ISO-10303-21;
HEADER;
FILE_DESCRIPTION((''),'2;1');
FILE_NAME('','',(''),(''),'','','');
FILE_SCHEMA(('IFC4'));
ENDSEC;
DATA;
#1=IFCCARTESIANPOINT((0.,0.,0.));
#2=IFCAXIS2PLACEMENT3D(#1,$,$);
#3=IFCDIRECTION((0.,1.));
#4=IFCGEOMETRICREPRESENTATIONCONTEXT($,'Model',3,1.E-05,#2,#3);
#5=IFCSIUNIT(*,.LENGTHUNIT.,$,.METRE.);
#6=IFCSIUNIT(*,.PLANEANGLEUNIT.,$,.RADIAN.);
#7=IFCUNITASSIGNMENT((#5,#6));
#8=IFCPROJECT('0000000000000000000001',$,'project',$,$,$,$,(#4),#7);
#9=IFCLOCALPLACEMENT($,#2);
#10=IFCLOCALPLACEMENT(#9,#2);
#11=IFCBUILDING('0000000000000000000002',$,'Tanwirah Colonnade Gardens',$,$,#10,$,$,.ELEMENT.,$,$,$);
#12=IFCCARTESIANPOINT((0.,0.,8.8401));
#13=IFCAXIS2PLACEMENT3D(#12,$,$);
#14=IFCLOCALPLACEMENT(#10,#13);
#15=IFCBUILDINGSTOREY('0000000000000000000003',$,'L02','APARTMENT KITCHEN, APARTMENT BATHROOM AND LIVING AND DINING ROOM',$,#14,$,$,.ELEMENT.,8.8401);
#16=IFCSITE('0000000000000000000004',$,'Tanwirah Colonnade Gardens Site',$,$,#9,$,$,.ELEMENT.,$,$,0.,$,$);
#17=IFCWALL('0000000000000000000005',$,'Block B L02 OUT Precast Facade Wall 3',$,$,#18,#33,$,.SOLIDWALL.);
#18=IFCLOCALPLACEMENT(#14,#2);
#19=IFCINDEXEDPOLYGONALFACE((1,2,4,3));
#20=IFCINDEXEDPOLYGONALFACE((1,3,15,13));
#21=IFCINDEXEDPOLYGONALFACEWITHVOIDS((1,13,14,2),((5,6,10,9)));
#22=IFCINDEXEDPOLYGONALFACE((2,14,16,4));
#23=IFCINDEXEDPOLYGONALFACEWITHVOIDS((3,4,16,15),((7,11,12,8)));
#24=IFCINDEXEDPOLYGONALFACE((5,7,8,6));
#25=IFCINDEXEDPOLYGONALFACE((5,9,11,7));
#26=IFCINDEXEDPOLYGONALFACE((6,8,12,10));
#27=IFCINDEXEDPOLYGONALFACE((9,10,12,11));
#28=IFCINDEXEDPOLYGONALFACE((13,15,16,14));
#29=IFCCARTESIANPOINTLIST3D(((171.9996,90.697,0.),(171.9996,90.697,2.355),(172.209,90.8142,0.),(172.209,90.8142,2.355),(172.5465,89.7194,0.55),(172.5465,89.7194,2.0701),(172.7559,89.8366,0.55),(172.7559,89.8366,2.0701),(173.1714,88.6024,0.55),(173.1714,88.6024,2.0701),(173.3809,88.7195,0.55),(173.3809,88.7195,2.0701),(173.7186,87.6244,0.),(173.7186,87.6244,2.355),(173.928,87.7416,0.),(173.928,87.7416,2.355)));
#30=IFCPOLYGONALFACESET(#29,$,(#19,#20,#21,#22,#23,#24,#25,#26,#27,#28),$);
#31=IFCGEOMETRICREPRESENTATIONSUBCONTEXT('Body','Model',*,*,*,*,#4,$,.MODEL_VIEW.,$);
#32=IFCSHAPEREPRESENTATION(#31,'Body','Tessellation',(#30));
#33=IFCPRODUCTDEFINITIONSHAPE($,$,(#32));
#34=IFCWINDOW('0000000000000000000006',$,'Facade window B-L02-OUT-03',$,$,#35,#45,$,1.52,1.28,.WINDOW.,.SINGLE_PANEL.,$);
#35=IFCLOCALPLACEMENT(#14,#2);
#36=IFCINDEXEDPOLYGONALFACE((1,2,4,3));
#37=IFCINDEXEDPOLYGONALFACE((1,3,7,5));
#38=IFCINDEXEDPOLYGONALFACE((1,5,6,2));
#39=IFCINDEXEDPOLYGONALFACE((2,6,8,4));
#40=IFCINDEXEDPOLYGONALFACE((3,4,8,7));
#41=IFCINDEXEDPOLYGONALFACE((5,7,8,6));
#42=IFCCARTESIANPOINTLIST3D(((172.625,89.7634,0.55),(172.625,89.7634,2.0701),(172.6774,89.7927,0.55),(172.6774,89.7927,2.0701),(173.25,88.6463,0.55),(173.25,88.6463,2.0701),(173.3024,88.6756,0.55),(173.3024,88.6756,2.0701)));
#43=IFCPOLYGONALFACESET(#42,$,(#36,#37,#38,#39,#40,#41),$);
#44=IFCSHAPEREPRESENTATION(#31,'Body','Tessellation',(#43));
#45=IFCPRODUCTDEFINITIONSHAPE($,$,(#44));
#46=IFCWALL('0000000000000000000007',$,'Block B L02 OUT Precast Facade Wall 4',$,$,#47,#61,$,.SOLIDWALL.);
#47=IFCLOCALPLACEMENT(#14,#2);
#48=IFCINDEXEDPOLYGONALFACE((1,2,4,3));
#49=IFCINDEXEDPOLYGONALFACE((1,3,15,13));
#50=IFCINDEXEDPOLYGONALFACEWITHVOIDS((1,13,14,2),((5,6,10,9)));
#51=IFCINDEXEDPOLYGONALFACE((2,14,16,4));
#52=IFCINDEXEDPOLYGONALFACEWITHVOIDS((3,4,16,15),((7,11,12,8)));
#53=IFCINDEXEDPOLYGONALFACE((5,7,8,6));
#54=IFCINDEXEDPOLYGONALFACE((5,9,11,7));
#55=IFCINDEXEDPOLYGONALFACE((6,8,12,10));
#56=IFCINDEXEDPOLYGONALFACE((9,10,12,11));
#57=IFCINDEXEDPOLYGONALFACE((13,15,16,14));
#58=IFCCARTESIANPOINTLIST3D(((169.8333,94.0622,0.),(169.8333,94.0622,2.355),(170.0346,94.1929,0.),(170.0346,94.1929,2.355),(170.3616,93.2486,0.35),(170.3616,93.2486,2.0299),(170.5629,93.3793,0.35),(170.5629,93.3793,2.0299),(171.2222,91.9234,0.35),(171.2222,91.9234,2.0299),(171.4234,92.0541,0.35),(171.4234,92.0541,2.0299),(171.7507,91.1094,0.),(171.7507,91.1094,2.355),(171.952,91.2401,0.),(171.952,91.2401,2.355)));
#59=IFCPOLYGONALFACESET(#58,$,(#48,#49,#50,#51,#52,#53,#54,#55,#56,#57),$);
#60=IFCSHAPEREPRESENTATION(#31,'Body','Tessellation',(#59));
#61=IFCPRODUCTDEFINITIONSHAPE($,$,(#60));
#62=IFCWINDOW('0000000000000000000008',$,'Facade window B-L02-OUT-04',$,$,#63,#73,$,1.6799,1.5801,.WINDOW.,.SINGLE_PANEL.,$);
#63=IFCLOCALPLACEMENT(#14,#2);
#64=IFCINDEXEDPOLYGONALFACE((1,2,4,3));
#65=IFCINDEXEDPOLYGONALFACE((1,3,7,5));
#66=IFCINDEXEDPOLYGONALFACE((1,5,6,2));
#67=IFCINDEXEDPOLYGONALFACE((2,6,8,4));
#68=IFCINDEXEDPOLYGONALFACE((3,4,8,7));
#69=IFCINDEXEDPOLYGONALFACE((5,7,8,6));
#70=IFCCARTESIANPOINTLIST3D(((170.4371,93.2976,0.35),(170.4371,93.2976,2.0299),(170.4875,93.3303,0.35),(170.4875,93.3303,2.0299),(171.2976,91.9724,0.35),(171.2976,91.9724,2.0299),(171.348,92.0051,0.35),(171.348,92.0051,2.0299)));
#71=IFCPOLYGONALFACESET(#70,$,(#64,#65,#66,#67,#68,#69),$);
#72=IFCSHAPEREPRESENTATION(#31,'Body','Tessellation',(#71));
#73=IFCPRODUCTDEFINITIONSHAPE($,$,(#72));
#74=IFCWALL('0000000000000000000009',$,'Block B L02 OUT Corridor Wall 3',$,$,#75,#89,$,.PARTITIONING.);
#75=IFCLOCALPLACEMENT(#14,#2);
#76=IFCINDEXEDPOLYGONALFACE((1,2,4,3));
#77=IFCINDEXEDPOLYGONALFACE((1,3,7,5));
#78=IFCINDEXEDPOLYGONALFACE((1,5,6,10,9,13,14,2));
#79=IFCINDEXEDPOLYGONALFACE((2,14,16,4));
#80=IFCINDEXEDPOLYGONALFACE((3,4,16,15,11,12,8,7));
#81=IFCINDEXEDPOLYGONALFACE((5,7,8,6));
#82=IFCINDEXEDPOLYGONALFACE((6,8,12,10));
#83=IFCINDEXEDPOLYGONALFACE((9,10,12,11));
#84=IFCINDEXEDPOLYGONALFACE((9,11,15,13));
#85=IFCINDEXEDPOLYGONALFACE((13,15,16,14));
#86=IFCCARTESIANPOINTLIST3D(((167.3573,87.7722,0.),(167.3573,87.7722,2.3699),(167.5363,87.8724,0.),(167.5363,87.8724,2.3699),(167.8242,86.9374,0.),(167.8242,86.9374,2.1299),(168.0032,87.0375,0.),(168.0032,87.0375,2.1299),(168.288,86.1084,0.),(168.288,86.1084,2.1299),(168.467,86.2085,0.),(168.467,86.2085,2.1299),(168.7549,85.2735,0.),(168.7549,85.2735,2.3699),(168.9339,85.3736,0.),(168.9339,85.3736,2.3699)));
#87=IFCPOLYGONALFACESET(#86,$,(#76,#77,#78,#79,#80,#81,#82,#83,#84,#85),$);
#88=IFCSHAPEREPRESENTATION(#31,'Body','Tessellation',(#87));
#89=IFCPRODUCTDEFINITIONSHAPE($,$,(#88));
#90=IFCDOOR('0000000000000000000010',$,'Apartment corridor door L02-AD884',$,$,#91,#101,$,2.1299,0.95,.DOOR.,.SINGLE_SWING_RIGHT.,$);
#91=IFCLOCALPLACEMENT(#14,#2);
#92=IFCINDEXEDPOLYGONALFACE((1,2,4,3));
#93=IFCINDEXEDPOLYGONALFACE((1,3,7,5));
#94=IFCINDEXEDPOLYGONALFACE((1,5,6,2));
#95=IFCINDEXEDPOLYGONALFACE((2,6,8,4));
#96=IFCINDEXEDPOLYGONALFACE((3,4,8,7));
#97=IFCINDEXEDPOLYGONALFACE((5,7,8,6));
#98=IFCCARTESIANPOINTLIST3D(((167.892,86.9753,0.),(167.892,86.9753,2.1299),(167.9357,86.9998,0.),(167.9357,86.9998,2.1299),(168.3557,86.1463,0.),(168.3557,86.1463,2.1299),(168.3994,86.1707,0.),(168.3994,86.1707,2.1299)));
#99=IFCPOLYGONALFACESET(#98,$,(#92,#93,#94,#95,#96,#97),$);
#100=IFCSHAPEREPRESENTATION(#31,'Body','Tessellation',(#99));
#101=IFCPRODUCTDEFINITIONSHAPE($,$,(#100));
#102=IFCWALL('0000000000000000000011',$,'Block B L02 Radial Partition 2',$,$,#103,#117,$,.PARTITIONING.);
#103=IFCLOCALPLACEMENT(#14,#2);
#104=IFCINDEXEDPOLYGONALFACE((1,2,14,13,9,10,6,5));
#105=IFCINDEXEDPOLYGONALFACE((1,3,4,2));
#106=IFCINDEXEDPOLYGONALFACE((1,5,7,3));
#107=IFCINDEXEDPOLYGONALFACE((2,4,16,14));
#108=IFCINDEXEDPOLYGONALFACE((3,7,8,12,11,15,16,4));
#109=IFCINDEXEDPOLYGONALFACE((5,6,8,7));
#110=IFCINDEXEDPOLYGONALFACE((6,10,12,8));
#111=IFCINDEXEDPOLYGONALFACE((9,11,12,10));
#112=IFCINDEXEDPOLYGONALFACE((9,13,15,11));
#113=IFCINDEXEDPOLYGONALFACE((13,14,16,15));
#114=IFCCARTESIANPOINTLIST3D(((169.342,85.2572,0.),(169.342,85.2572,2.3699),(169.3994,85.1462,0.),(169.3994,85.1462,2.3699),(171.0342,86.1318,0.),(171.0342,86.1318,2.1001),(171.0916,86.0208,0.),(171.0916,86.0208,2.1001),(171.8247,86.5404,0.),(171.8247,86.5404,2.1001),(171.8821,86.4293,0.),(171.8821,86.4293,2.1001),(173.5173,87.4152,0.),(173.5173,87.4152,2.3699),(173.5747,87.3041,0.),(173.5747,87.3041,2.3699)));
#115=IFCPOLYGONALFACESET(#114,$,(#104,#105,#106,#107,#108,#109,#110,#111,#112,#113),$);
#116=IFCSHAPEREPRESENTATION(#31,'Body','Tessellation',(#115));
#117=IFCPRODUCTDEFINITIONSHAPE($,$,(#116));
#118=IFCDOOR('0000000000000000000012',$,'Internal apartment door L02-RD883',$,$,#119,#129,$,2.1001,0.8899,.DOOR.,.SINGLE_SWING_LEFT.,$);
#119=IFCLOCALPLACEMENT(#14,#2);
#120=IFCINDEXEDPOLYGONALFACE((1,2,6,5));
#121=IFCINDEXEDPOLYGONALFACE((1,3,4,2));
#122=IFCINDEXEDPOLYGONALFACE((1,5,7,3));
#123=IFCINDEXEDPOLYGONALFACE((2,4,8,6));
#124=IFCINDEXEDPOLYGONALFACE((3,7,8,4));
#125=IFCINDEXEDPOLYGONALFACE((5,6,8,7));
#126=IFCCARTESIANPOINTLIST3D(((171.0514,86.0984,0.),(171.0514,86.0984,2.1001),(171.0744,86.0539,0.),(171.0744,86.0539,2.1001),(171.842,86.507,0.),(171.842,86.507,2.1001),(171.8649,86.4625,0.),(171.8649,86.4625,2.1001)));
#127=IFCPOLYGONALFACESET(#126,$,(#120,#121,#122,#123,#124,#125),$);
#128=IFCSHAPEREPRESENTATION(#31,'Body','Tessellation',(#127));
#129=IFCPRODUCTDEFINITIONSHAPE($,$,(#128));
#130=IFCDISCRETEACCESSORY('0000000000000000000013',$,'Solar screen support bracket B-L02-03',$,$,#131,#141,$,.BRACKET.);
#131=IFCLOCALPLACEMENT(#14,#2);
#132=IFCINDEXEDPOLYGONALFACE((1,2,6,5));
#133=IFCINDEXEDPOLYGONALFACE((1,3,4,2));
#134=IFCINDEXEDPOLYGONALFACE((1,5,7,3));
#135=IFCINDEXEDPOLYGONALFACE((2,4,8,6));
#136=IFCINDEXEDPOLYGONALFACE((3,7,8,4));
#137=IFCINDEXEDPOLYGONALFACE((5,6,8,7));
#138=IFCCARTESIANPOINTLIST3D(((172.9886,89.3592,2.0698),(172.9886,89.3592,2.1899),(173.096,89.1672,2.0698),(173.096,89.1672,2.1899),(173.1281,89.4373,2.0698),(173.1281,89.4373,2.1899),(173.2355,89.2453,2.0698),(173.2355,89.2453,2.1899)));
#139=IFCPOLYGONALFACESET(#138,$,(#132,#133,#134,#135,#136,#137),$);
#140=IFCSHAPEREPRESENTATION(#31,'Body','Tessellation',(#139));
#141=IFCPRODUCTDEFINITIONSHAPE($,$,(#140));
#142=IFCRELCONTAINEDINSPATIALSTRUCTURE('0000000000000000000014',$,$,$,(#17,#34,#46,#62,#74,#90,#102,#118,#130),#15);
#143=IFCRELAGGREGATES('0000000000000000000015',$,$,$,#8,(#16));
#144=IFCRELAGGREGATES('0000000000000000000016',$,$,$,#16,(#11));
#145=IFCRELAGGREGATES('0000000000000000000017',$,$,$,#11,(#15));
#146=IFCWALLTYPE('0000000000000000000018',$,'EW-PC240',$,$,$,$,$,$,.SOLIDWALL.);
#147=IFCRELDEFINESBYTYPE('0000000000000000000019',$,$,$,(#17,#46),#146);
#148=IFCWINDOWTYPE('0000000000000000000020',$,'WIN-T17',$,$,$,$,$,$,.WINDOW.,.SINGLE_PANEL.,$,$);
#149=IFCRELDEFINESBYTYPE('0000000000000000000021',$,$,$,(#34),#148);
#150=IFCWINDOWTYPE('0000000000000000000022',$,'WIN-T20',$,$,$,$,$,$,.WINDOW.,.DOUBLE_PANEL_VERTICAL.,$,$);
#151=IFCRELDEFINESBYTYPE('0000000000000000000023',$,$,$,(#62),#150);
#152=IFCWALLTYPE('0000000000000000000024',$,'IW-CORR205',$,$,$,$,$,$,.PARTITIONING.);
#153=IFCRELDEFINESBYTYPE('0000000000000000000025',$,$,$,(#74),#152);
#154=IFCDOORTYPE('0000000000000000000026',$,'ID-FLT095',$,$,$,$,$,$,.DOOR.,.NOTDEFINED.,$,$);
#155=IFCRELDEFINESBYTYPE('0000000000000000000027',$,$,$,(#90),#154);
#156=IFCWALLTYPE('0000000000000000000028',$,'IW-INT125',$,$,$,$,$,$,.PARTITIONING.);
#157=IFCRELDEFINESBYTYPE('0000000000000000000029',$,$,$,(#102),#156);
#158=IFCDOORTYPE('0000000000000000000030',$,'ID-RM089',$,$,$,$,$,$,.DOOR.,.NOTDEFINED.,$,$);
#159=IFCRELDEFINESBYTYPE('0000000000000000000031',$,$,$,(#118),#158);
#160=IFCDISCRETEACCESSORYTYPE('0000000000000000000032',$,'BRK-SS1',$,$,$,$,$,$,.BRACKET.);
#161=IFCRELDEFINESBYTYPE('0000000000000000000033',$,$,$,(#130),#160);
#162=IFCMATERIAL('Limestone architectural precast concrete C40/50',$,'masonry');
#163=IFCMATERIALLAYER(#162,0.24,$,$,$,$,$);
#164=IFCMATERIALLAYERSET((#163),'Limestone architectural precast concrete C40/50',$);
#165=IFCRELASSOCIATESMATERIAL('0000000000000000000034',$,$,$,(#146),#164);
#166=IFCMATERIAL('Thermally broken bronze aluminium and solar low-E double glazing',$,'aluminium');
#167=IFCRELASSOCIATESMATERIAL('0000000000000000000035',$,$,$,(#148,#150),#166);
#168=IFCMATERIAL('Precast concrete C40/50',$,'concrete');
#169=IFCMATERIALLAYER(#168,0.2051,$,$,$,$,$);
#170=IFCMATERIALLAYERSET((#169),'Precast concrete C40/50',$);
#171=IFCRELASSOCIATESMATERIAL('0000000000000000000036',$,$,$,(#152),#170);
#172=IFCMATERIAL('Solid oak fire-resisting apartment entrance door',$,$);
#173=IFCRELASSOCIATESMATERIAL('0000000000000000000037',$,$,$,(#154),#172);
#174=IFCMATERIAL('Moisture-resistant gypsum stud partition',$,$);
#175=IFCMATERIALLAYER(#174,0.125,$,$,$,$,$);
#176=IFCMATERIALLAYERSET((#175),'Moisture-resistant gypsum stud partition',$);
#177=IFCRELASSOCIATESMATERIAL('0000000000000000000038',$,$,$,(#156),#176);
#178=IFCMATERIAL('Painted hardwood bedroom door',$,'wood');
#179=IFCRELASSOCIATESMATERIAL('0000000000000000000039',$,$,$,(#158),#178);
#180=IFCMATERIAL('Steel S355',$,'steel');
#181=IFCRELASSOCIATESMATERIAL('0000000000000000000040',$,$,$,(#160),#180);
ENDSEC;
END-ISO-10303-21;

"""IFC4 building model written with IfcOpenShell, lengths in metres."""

from ifc_helpers import new_model, si_unit, direction, frame, frame_2d, origin, origin_2d, place, context, subcontext, project, spatial, rectangle, extrude, material, layer, layer_set, type_object, element, fill, save


model = new_model("IFC4")

# Units and contexts
model_context = context("Model", 3, precision=1e-05, world=origin(), true_north=direction((0.0, 1.0)))
body_context = subcontext(model_context, "Body", "Model", "MODEL_VIEW")
ifc_project = project(units=[si_unit("LENGTHUNIT", "METRE"), si_unit("PLANEANGLEUNIT", "RADIAN")], contexts=[model_context])

# Site, building, storey
site_placement = place(None, origin())
site = spatial("IfcSite", under=ifc_project, at=site_placement, Name="Tanwirah Colonnade Gardens Site", CompositionType="ELEMENT", RefElevation=0.0)
building_placement = place(site_placement, origin())
building = spatial("IfcBuilding", under=site, at=building_placement, Name="Tanwirah Colonnade Gardens", CompositionType="ELEMENT")
storey_placement = place(building_placement, frame((0.0, 0.0, 8.8401)))
storey = spatial("IfcBuildingStorey", under=building, at=storey_placement, Name="L02", Description="APARTMENT KITCHEN, APARTMENT BATHROOM AND LIVING AND DINING ROOM", CompositionType="ELEMENT", Elevation=8.8401)

# Shared definitions
ifc_material_1 = material(Name="Precast concrete C40/50", Category="concrete")

# Shared definitions
ifc_material_2 = material(Name="Limestone architectural precast concrete C40/50", Category="masonry")
ifc_layer_1 = layer(ifc_material_2, 0.24)
ifc_layer_set_1 = layer_set([ifc_layer_1], Name="Limestone architectural precast concrete C40/50")
wall_type_1 = type_object("IfcWallType", Name="EW-PC240", PredefinedType="SOLIDWALL", material=ifc_layer_set_1)

# Walls, openings, windows
wall_1_placement = place(storey_placement, frame((173.8232, 87.6831, 0.0), z_axis=(0.0, 0.0, 1.0), x_axis=(-0.488255, 0.872701, 0.0)))
wall_1 = element("IfcWall", 1, at=wall_1_placement, inside=storey, type_object=wall_type_1, Name="Block B L02 OUT Precast Facade Wall 3", PredefinedType="SOLIDWALL", context=body_context, shape_type="SweptSolid", body=[
    extrude(rectangle(XDim=3.5208, YDim=0.24, at=frame_2d((1.7603, 0.0))), origin(), (0.0, 0.0, 1.0), 2.355),
])
opening_1_placement = place(wall_1_placement, frame((1.1204, 0.0, 0.55)))
opening_1 = element("IfcOpeningElement", 2, at=opening_1_placement, cuts=wall_1, PredefinedType="OPENING", context=body_context, shape_type="SweptSolid", body=[
    extrude(rectangle(XDim=1.28, YDim=1.52, at=frame_2d((0.6401, 0.76))), frame((0.0, 0.1299, 0.0), z_axis=(0.0, -1.0, 0.0), x_axis=(1.0, 0.0, 0.0)), (0.0, 0.0, 1.0), 0.26),
])
ifc_material_3 = material(Name="Thermally broken bronze aluminium and solar low-E double glazing", Category="aluminium")
window_type_1 = type_object("IfcWindowType", Name="WIN-T17", PartitioningType="SINGLE_PANEL", PredefinedType="WINDOW", material=ifc_material_3)
window_1_placement = place(opening_1_placement, origin())
window_1 = element("IfcWindow", 3, at=window_1_placement, inside=storey, type_object=window_type_1, Name="Facade window B-L02-OUT-03", OverallHeight=1.52, OverallWidth=1.28, PartitioningType="SINGLE_PANEL", PredefinedType="WINDOW", context=body_context, shape_type="SweptSolid", body=[
    extrude(rectangle(XDim=1.28, YDim=1.52, at=frame_2d((0.6401, 0.76))), frame((0.0, 0.03, 0.0), z_axis=(0.0, -1.0, 0.0), x_axis=(1.0, 0.0, 0.0)), (0.0, 0.0, 1.0), 0.0601),
])
fill(opening_1, window_1)
wall_2_placement = place(storey_placement, frame((171.8513, 91.1748, 0.0), z_axis=(0.0, 0.0, 1.0), x_axis=(-0.544611, 0.838689, 0.0)))
wall_2 = element("IfcWall", 4, at=wall_2_placement, inside=storey, type_object=wall_type_1, Name="Block B L02 OUT Precast Facade Wall 4", PredefinedType="SOLIDWALL", context=body_context, shape_type="SweptSolid", body=[
    extrude(rectangle(XDim=3.5208, YDim=0.24, at=frame_2d((1.7603, 0.0))), origin(), (0.0, 0.0, 1.0), 2.355),
])
opening_2_placement = place(wall_2_placement, frame((0.9705, 0.0, 0.3501)))
opening_2 = element("IfcOpeningElement", 5, at=opening_2_placement, cuts=wall_2, PredefinedType="OPENING", context=body_context, shape_type="SweptSolid", body=[
    extrude(rectangle(XDim=1.5801, YDim=1.6799, at=frame_2d((0.79, 0.8398))), frame((0.0, 0.1299, 0.0), z_axis=(0.0, -1.0, 0.0), x_axis=(1.0, 0.0, 0.0)), (0.0, 0.0, 1.0), 0.26),
])
window_type_2 = type_object("IfcWindowType", Name="WIN-T20", PartitioningType="DOUBLE_PANEL_VERTICAL", PredefinedType="WINDOW", material=ifc_material_3)
window_2_placement = place(opening_2_placement, origin())
window_2 = element("IfcWindow", 6, at=window_2_placement, inside=storey, type_object=window_type_2, Name="Facade window B-L02-OUT-04", OverallHeight=1.6799, OverallWidth=1.5801, PartitioningType="SINGLE_PANEL", PredefinedType="WINDOW", context=body_context, shape_type="SweptSolid", body=[
    extrude(rectangle(XDim=1.5801, YDim=1.6799, at=frame_2d((0.79, 0.8398))), frame((0.0, 0.03, 0.0), z_axis=(0.0, -1.0, 0.0), x_axis=(1.0, 0.0, 0.0)), (0.0, 0.0, 1.0), 0.0601),
])
fill(opening_2, window_2)

# Walls, openings, doors
ifc_layer_2 = layer(ifc_material_1, 0.2051)
ifc_layer_set_2 = layer_set([ifc_layer_2], Name="Precast concrete C40/50")
wall_type_2 = type_object("IfcWallType", Name="IW-CORR205", PredefinedType="PARTITIONING", material=ifc_layer_set_2)
wall_3_placement = place(storey_placement, frame((168.8445, 85.3235, 0.0), z_axis=(0.0, 0.0, 1.0), x_axis=(-0.488175, 0.872746, 0.0)))
wall_3 = element("IfcWall", 7, at=wall_3_placement, inside=storey, type_object=wall_type_2, Name="Block B L02 OUT Corridor Wall 3", PredefinedType="PARTITIONING", context=body_context, shape_type="SweptSolid", body=[
    extrude(rectangle(XDim=2.863, YDim=0.2051, at=frame_2d((1.4316, 0.0))), origin(), (0.0, 0.0, 1.0), 2.3699),
])
opening_3_placement = place(wall_3_placement, frame((0.9565, 0.0, 0.0)))
opening_3 = element("IfcOpeningElement", 8, at=opening_3_placement, cuts=wall_3, PredefinedType="OPENING", context=body_context, shape_type="SweptSolid", body=[
    extrude(rectangle(XDim=0.95, YDim=2.1299, at=frame_2d((0.4751, 1.0649))), frame((0.0, 0.1125, 0.0), z_axis=(0.0, -1.0, 0.0), x_axis=(1.0, 0.0, 0.0)), (0.0, 0.0, 1.0), 0.2251),
])
ifc_material_4 = material(Name="Solid oak fire-resisting apartment entrance door")
door_type_1 = type_object("IfcDoorType", Name="ID-FLT095", OperationType="NOTDEFINED", PredefinedType="DOOR", material=ifc_material_4)
door_1_placement = place(opening_3_placement, origin())
door_1 = element("IfcDoor", 9, at=door_1_placement, inside=storey, type_object=door_type_1, Name="Apartment corridor door L02-AD884", OperationType="SINGLE_SWING_RIGHT", OverallHeight=2.1299, OverallWidth=0.95, PredefinedType="DOOR", context=body_context, shape_type="SweptSolid", body=[
    extrude(rectangle(XDim=0.95, YDim=2.1299, at=frame_2d((0.4751, 1.0649))), frame((0.0, 0.0249, 0.0), z_axis=(0.0, -1.0, 0.0), x_axis=(1.0, 0.0, 0.0)), (0.0, 0.0, 1.0), 0.05),
])
fill(opening_3, door_1)
ifc_material_5 = material(Name="Moisture-resistant gypsum stud partition")
ifc_layer_3 = layer(ifc_material_5, 0.125)
ifc_layer_set_3 = layer_set([ifc_layer_3], Name="Moisture-resistant gypsum stud partition")
wall_type_3 = type_object("IfcWallType", Name="IW-INT125", PredefinedType="PARTITIONING", material=ifc_layer_set_3)
wall_4_placement = place(storey_placement, frame((169.3706, 85.2017, 0.0), z_axis=(0.0, 0.0, 1.0), x_axis=(0.888363, 0.459142, 0.0)))
wall_4 = element("IfcWall", 10, at=wall_4_placement, inside=storey, type_object=wall_type_3, Name="Block B L02 Radial Partition 2", PredefinedType="PARTITIONING", context=body_context, shape_type="SweptSolid", body=[
    extrude(rectangle(XDim=4.7, YDim=0.125, at=frame_2d((2.3501, 0.0))), origin(), (0.0, 0.0, 1.0), 2.3699),
])
opening_4_placement = place(wall_4_placement, frame((1.905, 0.0, 0.0)))
opening_4 = element("IfcOpeningElement", 11, at=opening_4_placement, cuts=wall_4, PredefinedType="OPENING", context=body_context, shape_type="SweptSolid", body=[
    extrude(rectangle(XDim=0.8899, YDim=2.1001, at=frame_2d((0.4448, 1.05))), frame((0.0, 0.0725, 0.0), z_axis=(0.0, -1.0, 0.0), x_axis=(1.0, 0.0, 0.0)), (0.0, 0.0, 1.0), 0.145),
])
ifc_material_6 = material(Name="Painted hardwood bedroom door", Category="wood")
door_type_2 = type_object("IfcDoorType", Name="ID-RM089", OperationType="NOTDEFINED", PredefinedType="DOOR", material=ifc_material_6)
door_2_placement = place(opening_4_placement, origin())
door_2 = element("IfcDoor", 12, at=door_2_placement, inside=storey, type_object=door_type_2, Name="Internal apartment door L02-RD883", OperationType="SINGLE_SWING_LEFT", OverallHeight=2.1001, OverallWidth=0.8899, PredefinedType="DOOR", context=body_context, shape_type="SweptSolid", body=[
    extrude(rectangle(XDim=0.8899, YDim=2.1001, at=frame_2d((0.4448, 1.05))), frame((0.0, 0.0249, 0.0), z_axis=(0.0, -1.0, 0.0), x_axis=(1.0, 0.0, 0.0)), (0.0, 0.0, 1.0), 0.05),
])
fill(opening_4, door_2)

# Discrete accessory
ifc_material_7 = material(Name="Steel S355", Category="steel")
discrete_accessory_type = type_object("IfcDiscreteAccessoryType", Name="BRK-SS1", PredefinedType="BRACKET", material=ifc_material_7)
discrete_accessory_placement = place(storey_placement, frame((173.1121, 89.3022, 2.0698), z_axis=(0.0, 0.0, 1.0), x_axis=(-0.488198, 0.872733, 0.0)))
element("IfcDiscreteAccessory", 13, at=discrete_accessory_placement, inside=storey, type_object=discrete_accessory_type, Name="Solar screen support bracket B-L02-03", PredefinedType="BRACKET", context=body_context, shape_type="SweptSolid", body=[
    extrude(rectangle(XDim=0.22, YDim=0.1599, at=origin_2d()), origin(), (0.0, 0.0, 1.0), 0.1201),
])

save(model, "model.ifc")
